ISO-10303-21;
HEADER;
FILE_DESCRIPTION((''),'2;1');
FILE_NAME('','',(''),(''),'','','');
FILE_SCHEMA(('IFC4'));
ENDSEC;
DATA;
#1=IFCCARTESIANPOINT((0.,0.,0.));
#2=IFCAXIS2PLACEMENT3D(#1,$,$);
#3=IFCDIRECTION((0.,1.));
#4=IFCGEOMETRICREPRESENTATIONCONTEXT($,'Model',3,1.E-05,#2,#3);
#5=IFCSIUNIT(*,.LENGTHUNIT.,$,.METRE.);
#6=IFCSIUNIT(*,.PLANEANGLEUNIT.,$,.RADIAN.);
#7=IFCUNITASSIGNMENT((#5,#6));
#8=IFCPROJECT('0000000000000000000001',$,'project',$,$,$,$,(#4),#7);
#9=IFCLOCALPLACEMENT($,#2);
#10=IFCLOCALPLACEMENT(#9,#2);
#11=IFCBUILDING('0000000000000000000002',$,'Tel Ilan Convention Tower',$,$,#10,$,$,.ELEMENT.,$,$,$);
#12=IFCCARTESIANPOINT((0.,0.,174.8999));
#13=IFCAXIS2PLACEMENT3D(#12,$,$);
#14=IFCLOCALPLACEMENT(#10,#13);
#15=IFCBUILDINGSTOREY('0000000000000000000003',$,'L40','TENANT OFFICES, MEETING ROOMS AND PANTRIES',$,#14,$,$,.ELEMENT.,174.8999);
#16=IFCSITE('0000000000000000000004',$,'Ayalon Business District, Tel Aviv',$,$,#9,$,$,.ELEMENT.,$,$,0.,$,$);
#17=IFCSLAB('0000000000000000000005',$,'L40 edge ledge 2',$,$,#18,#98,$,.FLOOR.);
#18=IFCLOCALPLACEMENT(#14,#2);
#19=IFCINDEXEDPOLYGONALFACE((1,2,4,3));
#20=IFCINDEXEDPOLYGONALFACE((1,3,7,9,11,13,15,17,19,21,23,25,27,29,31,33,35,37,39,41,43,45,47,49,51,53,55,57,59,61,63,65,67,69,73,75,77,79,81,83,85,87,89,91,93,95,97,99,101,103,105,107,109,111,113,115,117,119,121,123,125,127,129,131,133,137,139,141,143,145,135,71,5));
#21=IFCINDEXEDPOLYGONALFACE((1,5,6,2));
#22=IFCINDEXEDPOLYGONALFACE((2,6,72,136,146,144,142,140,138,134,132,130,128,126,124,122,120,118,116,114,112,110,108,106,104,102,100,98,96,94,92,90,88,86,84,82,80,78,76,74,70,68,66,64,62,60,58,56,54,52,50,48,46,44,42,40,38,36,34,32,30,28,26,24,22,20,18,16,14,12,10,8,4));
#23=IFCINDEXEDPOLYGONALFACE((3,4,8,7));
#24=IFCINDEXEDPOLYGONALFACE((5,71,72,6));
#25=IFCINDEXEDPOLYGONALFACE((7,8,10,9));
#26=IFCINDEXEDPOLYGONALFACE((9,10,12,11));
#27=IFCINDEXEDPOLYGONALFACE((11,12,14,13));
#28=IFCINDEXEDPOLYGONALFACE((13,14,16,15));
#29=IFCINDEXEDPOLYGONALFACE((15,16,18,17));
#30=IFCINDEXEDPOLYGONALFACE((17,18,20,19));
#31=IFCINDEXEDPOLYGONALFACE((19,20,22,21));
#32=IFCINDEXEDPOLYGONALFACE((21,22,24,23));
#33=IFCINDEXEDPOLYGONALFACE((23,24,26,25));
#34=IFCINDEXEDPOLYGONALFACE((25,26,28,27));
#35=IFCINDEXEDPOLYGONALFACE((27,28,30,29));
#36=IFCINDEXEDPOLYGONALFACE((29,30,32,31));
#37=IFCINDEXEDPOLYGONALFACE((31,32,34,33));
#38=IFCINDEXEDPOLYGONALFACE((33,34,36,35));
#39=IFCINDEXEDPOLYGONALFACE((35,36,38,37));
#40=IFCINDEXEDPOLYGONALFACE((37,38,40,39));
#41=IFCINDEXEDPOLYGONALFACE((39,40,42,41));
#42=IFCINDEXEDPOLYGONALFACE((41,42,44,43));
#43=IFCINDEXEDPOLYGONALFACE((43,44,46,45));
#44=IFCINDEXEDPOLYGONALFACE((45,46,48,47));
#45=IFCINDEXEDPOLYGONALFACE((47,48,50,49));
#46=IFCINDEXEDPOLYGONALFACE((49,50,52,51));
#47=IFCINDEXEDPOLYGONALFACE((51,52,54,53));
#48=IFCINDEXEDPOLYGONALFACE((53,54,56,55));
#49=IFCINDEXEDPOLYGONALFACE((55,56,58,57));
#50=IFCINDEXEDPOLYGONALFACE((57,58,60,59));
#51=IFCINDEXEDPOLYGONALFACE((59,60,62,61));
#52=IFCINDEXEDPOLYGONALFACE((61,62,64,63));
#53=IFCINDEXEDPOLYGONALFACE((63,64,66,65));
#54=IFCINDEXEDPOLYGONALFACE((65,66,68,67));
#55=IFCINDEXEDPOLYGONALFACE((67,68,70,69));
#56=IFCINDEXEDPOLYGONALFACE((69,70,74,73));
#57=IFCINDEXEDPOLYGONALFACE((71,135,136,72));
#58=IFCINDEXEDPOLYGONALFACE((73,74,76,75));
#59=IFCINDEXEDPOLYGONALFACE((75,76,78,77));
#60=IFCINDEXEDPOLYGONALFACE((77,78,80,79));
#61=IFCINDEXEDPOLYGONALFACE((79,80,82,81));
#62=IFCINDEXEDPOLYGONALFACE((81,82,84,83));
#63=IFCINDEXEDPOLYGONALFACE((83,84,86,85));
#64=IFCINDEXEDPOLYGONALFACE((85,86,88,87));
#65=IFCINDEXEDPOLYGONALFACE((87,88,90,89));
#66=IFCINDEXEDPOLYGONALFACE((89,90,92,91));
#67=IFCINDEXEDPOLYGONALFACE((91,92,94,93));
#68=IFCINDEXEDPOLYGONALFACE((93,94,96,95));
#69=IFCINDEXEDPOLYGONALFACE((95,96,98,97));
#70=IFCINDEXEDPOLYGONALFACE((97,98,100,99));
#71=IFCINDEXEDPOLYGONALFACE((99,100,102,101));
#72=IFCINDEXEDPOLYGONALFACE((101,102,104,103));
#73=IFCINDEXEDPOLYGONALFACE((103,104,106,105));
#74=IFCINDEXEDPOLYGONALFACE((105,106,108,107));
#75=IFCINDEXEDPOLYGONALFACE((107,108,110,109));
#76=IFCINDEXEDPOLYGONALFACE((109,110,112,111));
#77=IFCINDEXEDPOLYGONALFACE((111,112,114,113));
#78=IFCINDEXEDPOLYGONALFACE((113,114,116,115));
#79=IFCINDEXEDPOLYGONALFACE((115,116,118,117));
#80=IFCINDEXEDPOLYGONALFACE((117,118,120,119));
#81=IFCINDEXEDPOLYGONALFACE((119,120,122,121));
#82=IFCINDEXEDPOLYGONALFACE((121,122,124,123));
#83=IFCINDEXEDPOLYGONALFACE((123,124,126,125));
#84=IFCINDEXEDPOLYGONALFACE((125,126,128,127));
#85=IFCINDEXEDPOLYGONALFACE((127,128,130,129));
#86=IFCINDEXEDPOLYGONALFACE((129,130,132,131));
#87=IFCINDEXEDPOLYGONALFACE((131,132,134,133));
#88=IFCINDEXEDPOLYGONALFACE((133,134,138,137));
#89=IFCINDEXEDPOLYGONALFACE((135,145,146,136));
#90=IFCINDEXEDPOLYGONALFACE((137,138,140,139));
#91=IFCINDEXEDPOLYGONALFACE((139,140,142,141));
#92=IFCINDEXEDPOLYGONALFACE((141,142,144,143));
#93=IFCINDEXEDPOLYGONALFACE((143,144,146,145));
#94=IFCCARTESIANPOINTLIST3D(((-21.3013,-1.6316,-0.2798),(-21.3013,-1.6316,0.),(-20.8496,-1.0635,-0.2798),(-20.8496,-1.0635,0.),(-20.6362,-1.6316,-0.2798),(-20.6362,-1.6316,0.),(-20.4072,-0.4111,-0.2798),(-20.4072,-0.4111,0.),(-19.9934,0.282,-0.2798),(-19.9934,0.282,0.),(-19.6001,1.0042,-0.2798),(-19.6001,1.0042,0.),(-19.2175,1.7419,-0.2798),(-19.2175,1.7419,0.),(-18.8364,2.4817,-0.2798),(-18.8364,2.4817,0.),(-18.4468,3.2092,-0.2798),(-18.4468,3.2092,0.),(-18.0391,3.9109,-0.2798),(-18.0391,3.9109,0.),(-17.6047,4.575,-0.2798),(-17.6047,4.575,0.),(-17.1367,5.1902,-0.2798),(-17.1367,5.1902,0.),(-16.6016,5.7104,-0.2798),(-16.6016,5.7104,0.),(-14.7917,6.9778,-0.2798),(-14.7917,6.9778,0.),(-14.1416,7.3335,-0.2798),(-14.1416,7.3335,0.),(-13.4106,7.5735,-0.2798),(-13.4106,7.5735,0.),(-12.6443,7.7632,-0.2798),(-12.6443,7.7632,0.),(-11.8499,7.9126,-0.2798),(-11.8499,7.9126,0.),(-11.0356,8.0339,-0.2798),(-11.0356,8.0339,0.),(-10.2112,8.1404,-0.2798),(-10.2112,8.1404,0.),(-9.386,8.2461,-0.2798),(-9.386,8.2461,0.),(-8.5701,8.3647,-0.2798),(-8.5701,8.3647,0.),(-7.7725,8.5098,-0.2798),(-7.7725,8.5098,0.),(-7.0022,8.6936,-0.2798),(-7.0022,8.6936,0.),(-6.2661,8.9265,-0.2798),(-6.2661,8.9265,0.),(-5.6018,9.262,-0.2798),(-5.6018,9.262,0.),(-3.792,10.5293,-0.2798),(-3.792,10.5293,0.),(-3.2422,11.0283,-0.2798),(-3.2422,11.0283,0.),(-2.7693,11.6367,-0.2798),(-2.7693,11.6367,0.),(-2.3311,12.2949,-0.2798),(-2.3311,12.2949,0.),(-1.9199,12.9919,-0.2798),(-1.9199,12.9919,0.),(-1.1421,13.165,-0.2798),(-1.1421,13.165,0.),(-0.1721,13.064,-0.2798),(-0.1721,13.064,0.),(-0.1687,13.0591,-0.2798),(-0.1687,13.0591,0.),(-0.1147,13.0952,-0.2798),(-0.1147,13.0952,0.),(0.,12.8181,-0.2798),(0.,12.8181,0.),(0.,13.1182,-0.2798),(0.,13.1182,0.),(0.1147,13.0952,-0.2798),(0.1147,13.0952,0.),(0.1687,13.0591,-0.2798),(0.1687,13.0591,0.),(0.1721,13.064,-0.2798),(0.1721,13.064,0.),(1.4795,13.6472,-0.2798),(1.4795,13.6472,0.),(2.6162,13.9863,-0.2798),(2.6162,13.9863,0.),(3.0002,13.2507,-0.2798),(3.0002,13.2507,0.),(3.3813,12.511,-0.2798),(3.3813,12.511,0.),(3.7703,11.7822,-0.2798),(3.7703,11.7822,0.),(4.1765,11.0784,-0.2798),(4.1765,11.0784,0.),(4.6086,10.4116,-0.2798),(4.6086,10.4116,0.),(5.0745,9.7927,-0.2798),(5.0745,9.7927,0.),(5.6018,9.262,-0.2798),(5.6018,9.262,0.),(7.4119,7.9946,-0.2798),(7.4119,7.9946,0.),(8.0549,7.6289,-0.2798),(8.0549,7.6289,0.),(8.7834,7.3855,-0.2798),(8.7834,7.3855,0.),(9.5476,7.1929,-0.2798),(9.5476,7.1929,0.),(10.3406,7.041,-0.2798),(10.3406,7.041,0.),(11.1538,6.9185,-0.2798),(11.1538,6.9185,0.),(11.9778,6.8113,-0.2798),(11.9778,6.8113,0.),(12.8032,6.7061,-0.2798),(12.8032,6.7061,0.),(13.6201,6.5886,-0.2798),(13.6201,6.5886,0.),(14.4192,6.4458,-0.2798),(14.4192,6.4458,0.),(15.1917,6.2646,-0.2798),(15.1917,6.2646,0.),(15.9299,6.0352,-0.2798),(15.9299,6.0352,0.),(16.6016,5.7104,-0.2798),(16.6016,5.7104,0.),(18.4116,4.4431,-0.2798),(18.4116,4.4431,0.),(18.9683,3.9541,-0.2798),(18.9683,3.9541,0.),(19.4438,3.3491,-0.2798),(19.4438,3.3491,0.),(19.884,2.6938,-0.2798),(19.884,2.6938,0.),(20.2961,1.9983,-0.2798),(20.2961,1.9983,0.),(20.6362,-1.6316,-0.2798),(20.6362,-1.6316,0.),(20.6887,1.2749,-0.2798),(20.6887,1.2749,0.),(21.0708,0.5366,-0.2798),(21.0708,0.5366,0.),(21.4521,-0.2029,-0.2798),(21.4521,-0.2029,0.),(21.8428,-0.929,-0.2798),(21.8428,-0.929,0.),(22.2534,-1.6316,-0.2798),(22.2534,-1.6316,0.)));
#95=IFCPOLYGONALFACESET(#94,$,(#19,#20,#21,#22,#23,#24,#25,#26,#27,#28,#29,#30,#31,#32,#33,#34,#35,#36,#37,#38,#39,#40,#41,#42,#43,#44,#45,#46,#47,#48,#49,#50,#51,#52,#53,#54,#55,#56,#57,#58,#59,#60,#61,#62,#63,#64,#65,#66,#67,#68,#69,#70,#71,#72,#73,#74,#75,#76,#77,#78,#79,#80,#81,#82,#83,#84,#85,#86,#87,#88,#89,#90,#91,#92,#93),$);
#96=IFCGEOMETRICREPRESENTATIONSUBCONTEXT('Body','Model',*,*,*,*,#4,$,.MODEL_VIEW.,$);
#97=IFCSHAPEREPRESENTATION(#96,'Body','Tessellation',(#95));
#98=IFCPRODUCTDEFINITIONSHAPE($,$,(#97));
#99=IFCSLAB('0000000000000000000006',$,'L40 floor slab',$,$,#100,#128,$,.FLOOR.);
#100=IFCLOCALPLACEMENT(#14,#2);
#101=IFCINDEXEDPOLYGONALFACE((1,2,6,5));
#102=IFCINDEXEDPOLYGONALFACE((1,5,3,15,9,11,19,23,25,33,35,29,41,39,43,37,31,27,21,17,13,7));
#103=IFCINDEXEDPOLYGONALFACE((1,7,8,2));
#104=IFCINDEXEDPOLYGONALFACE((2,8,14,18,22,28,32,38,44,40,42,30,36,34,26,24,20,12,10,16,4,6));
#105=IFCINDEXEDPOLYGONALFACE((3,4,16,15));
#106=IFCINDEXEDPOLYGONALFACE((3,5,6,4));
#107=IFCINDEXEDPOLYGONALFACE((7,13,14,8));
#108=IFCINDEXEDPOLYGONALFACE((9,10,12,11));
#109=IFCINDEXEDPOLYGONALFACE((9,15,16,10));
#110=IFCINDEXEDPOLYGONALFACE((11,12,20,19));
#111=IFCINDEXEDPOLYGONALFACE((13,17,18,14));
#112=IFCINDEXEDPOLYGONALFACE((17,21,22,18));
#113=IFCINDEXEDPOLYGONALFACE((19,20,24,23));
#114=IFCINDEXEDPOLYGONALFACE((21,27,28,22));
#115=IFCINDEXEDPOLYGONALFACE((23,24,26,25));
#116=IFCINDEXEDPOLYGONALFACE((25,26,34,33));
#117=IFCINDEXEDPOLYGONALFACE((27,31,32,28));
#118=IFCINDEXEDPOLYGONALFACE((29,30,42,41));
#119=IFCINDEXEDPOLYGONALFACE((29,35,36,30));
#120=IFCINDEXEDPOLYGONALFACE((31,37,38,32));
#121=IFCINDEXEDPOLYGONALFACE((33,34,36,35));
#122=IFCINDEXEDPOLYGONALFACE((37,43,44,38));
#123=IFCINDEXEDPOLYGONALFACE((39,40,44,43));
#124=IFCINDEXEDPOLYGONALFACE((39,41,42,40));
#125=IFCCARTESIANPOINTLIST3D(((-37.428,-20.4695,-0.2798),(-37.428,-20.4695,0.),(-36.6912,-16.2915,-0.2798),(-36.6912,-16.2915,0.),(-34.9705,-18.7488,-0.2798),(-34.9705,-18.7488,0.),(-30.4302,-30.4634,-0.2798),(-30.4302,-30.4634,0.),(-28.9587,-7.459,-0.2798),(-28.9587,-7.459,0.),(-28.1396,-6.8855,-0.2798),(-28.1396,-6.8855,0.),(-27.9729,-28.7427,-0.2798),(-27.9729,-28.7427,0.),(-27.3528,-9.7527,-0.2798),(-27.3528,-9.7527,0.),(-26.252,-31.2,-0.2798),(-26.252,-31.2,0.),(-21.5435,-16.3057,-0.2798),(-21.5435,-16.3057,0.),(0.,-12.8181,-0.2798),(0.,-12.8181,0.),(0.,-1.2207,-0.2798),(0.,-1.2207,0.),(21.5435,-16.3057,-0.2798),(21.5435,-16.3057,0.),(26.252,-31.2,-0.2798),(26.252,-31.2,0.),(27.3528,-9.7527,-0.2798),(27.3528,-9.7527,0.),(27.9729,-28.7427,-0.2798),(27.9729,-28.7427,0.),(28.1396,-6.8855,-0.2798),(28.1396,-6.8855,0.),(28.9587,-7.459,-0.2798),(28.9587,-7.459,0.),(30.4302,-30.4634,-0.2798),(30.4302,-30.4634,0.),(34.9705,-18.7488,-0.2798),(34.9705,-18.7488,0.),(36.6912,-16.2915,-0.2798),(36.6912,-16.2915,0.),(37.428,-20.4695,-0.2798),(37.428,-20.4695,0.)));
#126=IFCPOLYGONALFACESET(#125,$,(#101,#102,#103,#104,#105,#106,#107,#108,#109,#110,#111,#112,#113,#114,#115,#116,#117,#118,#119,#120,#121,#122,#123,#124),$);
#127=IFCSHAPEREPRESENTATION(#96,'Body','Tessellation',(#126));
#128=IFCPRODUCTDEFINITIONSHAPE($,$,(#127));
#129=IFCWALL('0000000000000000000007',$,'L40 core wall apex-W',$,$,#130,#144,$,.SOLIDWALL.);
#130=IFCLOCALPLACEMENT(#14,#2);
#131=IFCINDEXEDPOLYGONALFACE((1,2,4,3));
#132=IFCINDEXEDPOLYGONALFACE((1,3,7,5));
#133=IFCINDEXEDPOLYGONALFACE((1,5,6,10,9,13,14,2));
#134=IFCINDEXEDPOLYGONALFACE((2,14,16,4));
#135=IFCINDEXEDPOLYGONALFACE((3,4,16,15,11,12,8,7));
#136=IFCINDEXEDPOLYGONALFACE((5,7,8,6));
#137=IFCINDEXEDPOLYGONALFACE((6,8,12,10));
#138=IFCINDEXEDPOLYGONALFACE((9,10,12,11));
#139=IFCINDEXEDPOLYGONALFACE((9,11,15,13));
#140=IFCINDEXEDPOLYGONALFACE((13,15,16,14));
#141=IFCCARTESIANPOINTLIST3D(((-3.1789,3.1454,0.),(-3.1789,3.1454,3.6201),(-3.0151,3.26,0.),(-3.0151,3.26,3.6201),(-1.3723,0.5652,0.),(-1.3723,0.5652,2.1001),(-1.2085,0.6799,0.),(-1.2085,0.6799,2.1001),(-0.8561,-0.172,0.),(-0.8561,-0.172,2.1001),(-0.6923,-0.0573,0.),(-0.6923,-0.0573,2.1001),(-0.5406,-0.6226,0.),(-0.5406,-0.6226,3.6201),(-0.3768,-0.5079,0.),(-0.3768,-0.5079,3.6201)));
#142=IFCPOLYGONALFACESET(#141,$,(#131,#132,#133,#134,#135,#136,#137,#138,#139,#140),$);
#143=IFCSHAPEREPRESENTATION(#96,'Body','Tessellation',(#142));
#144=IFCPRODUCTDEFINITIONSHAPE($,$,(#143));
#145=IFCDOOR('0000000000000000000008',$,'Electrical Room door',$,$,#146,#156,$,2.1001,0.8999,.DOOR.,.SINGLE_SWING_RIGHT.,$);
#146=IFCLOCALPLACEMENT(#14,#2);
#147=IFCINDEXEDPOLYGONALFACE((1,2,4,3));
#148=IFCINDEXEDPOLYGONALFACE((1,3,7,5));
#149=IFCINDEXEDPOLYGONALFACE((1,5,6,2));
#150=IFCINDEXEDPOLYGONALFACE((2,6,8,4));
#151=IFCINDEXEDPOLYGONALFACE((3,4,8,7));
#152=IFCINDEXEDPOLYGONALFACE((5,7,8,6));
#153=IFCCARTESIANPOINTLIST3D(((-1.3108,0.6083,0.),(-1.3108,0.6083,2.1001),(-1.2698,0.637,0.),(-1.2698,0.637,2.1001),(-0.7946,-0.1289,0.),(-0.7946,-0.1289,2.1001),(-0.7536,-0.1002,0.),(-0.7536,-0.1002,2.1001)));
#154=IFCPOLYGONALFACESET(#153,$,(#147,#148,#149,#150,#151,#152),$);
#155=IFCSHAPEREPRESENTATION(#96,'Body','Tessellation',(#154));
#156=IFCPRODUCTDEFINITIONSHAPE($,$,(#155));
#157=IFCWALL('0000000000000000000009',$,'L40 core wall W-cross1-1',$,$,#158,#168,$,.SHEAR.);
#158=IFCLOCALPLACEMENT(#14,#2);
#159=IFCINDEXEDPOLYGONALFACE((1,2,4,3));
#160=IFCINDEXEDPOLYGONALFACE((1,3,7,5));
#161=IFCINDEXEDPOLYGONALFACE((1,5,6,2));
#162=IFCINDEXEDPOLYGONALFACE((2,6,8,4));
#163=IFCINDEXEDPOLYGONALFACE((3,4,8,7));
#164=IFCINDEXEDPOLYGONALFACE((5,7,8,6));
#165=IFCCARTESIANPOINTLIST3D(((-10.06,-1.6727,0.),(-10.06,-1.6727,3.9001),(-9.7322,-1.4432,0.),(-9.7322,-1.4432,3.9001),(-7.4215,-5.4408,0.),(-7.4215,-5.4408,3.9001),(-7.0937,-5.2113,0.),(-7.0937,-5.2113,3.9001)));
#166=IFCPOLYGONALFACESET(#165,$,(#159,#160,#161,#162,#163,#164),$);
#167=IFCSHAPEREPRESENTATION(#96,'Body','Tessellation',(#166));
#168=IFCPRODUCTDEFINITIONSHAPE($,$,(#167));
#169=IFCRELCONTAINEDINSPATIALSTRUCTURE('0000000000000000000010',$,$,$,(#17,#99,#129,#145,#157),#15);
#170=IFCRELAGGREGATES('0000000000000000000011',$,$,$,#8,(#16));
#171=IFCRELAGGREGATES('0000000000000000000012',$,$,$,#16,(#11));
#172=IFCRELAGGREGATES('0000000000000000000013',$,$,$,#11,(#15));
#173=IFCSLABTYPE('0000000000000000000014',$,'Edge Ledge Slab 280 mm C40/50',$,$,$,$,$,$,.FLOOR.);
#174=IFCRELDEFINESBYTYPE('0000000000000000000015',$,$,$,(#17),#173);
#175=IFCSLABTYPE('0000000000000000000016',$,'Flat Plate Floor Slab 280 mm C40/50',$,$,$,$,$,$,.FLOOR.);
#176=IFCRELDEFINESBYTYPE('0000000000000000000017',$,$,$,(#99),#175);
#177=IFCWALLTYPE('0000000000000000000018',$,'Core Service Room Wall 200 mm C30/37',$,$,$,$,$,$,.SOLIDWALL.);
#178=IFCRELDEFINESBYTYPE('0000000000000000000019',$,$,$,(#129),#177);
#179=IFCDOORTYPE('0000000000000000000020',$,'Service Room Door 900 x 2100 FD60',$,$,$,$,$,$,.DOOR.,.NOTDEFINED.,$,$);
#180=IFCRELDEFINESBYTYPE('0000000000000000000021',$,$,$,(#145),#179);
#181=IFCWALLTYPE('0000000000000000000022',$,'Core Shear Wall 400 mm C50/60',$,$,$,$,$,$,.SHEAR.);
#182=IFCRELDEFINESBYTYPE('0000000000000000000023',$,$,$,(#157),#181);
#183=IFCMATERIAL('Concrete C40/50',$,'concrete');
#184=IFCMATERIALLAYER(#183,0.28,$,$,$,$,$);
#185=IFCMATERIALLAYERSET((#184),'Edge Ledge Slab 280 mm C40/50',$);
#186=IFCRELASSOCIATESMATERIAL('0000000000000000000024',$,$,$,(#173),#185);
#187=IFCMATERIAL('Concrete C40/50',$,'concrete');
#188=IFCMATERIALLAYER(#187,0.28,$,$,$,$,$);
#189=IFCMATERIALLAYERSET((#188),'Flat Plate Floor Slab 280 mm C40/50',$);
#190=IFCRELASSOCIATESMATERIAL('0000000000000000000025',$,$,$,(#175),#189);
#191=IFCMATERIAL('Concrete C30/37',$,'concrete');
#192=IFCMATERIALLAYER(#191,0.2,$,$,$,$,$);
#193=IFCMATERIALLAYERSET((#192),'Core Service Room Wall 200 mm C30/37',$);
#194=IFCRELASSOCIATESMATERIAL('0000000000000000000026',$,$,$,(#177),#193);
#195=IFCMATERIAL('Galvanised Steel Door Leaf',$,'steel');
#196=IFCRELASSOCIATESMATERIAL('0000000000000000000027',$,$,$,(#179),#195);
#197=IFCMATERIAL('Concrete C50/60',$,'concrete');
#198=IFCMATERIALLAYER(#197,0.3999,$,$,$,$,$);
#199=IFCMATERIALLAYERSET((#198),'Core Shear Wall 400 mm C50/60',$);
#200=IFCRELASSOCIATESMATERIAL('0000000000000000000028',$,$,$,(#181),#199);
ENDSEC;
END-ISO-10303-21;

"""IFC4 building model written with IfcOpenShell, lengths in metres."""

from ifc_helpers import new_model, si_unit, direction, frame, frame_2d, origin, place, context, subcontext, project, spatial, polyline, rectangle, outline, extrude, material, layer, layer_set, type_object, element, fill, save


model = new_model("IFC4")

# Units and contexts
model_context = context("Model", 3, precision=1e-05, world=origin(), true_north=direction((0.0, 1.0)))
body_context = subcontext(model_context, "Body", "Model", "MODEL_VIEW")
ifc_project = project(units=[si_unit("LENGTHUNIT", "METRE"), si_unit("PLANEANGLEUNIT", "RADIAN")], contexts=[model_context])

# Site, building, storey
site_placement = place(None, origin())
site = spatial("IfcSite", under=ifc_project, at=site_placement, Name="Ayalon Business District, Tel Aviv", CompositionType="ELEMENT", RefElevation=0.0)
building_placement = place(site_placement, origin())
building = spatial("IfcBuilding", under=site, at=building_placement, Name="Tel Ilan Convention Tower", CompositionType="ELEMENT")
storey_placement = place(building_placement, frame((0.0, 0.0, 174.8999)))
storey = spatial("IfcBuildingStorey", under=building, at=storey_placement, Name="L40", Description="TENANT OFFICES, MEETING ROOMS AND PANTRIES", CompositionType="ELEMENT", Elevation=174.8999)

# Slabs
ifc_material_1 = material(Name="Concrete C40/50", Category="concrete")
ifc_layer_1 = layer(ifc_material_1, 0.28)
ifc_layer_set_1 = layer_set([ifc_layer_1], Name="Edge Ledge Slab 280 mm C40/50")
slab_type_1 = type_object("IfcSlabType", Name="Edge Ledge Slab 280 mm C40/50", PredefinedType="FLOOR", material=ifc_layer_set_1)
slab_1_placement = place(storey_placement, frame((0.0, 0.0, -0.2798)))
element("IfcSlab", 1, at=slab_1_placement, inside=storey, type_object=slab_type_1, Name="L40 edge ledge 2", PredefinedType="FLOOR", context=body_context, shape_type="SweptSolid", body=[
    extrude(outline(polyline([(-19.6001, 1.0042), (-19.2175, 1.7419), (-18.8364, 2.4817), (-18.4468, 3.2092), (-18.0391, 3.9109), (-17.6047, 4.575), (-17.1367, 5.1902), (-16.6016, 5.7104), (-14.7917, 6.9778), (-14.1416, 7.3335), (-13.4106, 7.5735), (-12.6443, 7.7632), (-11.8499, 7.9126), (-11.0356, 8.0339), (-10.2112, 8.1404), (-9.386, 8.2461), (-8.5701, 8.3647), (-7.7725, 8.5098), (-7.0022, 8.6936), (-6.2661, 8.9265), (-5.6018, 9.262), (-3.792, 10.5293), (-3.2422, 11.0283), (-2.7693, 11.6367), (-2.3311, 12.2949), (-1.9199, 12.9919), (-1.1421, 13.165), (-0.1721, 13.064), (-0.1687, 13.0591), (-0.1147, 13.0952), (0.0, 13.1182), (0.1147, 13.0952), (0.1687, 13.0591), (0.1721, 13.064), (1.4795, 13.6472), (2.6162, 13.9863), (3.0002, 13.2507), (3.3813, 12.511), (3.7703, 11.7822), (4.1765, 11.0784), (4.6086, 10.4116), (5.0745, 9.7927), (5.6018, 9.262), (7.4119, 7.9946), (8.0549, 7.6289), (8.7834, 7.3855), (9.5476, 7.1929), (10.3406, 7.041), (11.1538, 6.9185), (11.9778, 6.8113), (12.8032, 6.7061), (13.6201, 6.5886), (14.4192, 6.4458), (15.1917, 6.2646), (15.9299, 6.0352), (16.6016, 5.7104), (18.4116, 4.4431), (18.9683, 3.9541), (19.4438, 3.3491), (19.884, 2.6938), (20.2961, 1.9983), (20.6887, 1.2749), (21.0708, 0.5366), (21.4521, -0.2029), (21.8428, -0.929), (22.2534, -1.6316), (20.6362, -1.6316), (0.0, 12.8181), (-20.6362, -1.6316), (-21.3013, -1.6316), (-20.8496, -1.0635), (-20.4072, -0.4111), (-19.9934, 0.282), (-19.6001, 1.0042)])), origin(), (0.0, 0.0, 1.0), 0.2798),
])
ifc_material_2 = material(Name="Concrete C40/50", Category="concrete")
ifc_layer_2 = layer(ifc_material_2, 0.28)
ifc_layer_set_2 = layer_set([ifc_layer_2], Name="Flat Plate Floor Slab 280 mm C40/50")
slab_type_2 = type_object("IfcSlabType", Name="Flat Plate Floor Slab 280 mm C40/50", PredefinedType="FLOOR", material=ifc_layer_set_2)
slab_2_placement = place(storey_placement, frame((0.0, 0.0, -0.2798)))
element("IfcSlab", 2, at=slab_2_placement, inside=storey, type_object=slab_type_2, Name="L40 floor slab", PredefinedType="FLOOR", context=body_context, shape_type="SweptSolid", body=[
    extrude(outline(polyline([(21.5435, -16.3057), (28.1396, -6.8855), (28.9587, -7.459), (27.3528, -9.7527), (36.6912, -16.2915), (34.9705, -18.7488), (37.428, -20.4695), (30.4302, -30.4634), (27.9729, -28.7427), (26.252, -31.2), (0.0, -12.8181), (-26.252, -31.2), (-27.9729, -28.7427), (-30.4302, -30.4634), (-37.428, -20.4695), (-34.9705, -18.7488), (-36.6912, -16.2915), (-27.3528, -9.7527), (-28.9587, -7.459), (-28.1396, -6.8855), (-21.5435, -16.3057), (0.0, -1.2207), (21.5435, -16.3057)])), origin(), (0.0, 0.0, 1.0), 0.2798),
])

# Wall, opening, door
ifc_material_3 = material(Name="Concrete C30/37", Category="concrete")
ifc_layer_3 = layer(ifc_material_3, 0.2)
ifc_layer_set_3 = layer_set([ifc_layer_3], Name="Core Service Room Wall 200 mm C30/37")
wall_type_1 = type_object("IfcWallType", Name="Core Service Room Wall 200 mm C30/37", PredefinedType="SOLIDWALL", material=ifc_layer_set_3)
wall_1_placement = place(storey_placement, frame((-0.4587, -0.5652, 0.0), z_axis=(0.0, 0.0, 1.0), x_axis=(-0.573576, 0.819152, 0.0)))
wall_1 = element("IfcWall", 3, at=wall_1_placement, inside=storey, type_object=wall_type_1, Name="L40 core wall apex-W", PredefinedType="SOLIDWALL", context=body_context, shape_type="SweptSolid", body=[
    extrude(rectangle(XDim=4.5999, YDim=0.2, at=frame_2d((2.2998, 0.0))), origin(), (0.0, 0.0, 1.0), 3.6201),
])
opening_1_placement = place(wall_1_placement, frame((0.55, 0.0, 0.0)))
opening_1 = element("IfcOpeningElement", 4, at=opening_1_placement, cuts=wall_1, PredefinedType="OPENING", context=body_context, shape_type="SweptSolid", body=[
    extrude(rectangle(XDim=0.8999, YDim=2.1001, at=frame_2d((0.45, 1.05))), frame((0.0, 0.1099, 0.0), z_axis=(0.0, -1.0, 0.0), x_axis=(1.0, 0.0, 0.0)), (0.0, 0.0, 1.0), 0.22),
])
ifc_material_4 = material(Name="Galvanised Steel Door Leaf", Category="steel")
door_type_1 = type_object("IfcDoorType", Name="Service Room Door 900 x 2100 FD60", OperationType="NOTDEFINED", PredefinedType="DOOR", material=ifc_material_4)
door_1_placement = place(opening_1_placement, origin())
door_1 = element("IfcDoor", 5, at=door_1_placement, inside=storey, type_object=door_type_1, Name="Electrical Room door", OperationType="SINGLE_SWING_RIGHT", OverallHeight=2.1001, OverallWidth=0.8999, PredefinedType="DOOR", context=body_context, shape_type="SweptSolid", body=[
    extrude(rectangle(XDim=0.8999, YDim=2.1001, at=frame_2d((0.45, 1.05))), frame((0.0, 0.0249, 0.0), z_axis=(0.0, -1.0, 0.0), x_axis=(1.0, 0.0, 0.0)), (0.0, 0.0, 1.0), 0.05),
])
fill(opening_1, door_1)

# Wall
ifc_material_5 = material(Name="Concrete C50/60", Category="concrete")
ifc_layer_4 = layer(ifc_material_5, 0.3999)
ifc_layer_set_4 = layer_set([ifc_layer_4], Name="Core Shear Wall 400 mm C50/60")
wall_type_2 = type_object("IfcWallType", Name="Core Shear Wall 400 mm C50/60", PredefinedType="SHEAR", material=ifc_layer_set_4)
wall_2_placement = place(storey_placement, frame((-7.2578, -5.3259, 0.0), z_axis=(0.0, 0.0, 1.0), x_axis=(-0.573541, 0.819177, 0.0)))
element("IfcWall", 6, at=wall_2_placement, inside=storey, type_object=wall_type_2, Name="L40 core wall W-cross1-1", PredefinedType="SHEAR", context=body_context, shape_type="SweptSolid", body=[
    extrude(outline(polyline([(4.5999, 0.2002), (-0.0002, 0.2), (-0.0002, -0.2002), (4.5999, -0.2), (4.5999, 0.2002)])), origin(), (0.0, 0.0, 1.0), 3.9001),
])

save(model, "model.ifc")
